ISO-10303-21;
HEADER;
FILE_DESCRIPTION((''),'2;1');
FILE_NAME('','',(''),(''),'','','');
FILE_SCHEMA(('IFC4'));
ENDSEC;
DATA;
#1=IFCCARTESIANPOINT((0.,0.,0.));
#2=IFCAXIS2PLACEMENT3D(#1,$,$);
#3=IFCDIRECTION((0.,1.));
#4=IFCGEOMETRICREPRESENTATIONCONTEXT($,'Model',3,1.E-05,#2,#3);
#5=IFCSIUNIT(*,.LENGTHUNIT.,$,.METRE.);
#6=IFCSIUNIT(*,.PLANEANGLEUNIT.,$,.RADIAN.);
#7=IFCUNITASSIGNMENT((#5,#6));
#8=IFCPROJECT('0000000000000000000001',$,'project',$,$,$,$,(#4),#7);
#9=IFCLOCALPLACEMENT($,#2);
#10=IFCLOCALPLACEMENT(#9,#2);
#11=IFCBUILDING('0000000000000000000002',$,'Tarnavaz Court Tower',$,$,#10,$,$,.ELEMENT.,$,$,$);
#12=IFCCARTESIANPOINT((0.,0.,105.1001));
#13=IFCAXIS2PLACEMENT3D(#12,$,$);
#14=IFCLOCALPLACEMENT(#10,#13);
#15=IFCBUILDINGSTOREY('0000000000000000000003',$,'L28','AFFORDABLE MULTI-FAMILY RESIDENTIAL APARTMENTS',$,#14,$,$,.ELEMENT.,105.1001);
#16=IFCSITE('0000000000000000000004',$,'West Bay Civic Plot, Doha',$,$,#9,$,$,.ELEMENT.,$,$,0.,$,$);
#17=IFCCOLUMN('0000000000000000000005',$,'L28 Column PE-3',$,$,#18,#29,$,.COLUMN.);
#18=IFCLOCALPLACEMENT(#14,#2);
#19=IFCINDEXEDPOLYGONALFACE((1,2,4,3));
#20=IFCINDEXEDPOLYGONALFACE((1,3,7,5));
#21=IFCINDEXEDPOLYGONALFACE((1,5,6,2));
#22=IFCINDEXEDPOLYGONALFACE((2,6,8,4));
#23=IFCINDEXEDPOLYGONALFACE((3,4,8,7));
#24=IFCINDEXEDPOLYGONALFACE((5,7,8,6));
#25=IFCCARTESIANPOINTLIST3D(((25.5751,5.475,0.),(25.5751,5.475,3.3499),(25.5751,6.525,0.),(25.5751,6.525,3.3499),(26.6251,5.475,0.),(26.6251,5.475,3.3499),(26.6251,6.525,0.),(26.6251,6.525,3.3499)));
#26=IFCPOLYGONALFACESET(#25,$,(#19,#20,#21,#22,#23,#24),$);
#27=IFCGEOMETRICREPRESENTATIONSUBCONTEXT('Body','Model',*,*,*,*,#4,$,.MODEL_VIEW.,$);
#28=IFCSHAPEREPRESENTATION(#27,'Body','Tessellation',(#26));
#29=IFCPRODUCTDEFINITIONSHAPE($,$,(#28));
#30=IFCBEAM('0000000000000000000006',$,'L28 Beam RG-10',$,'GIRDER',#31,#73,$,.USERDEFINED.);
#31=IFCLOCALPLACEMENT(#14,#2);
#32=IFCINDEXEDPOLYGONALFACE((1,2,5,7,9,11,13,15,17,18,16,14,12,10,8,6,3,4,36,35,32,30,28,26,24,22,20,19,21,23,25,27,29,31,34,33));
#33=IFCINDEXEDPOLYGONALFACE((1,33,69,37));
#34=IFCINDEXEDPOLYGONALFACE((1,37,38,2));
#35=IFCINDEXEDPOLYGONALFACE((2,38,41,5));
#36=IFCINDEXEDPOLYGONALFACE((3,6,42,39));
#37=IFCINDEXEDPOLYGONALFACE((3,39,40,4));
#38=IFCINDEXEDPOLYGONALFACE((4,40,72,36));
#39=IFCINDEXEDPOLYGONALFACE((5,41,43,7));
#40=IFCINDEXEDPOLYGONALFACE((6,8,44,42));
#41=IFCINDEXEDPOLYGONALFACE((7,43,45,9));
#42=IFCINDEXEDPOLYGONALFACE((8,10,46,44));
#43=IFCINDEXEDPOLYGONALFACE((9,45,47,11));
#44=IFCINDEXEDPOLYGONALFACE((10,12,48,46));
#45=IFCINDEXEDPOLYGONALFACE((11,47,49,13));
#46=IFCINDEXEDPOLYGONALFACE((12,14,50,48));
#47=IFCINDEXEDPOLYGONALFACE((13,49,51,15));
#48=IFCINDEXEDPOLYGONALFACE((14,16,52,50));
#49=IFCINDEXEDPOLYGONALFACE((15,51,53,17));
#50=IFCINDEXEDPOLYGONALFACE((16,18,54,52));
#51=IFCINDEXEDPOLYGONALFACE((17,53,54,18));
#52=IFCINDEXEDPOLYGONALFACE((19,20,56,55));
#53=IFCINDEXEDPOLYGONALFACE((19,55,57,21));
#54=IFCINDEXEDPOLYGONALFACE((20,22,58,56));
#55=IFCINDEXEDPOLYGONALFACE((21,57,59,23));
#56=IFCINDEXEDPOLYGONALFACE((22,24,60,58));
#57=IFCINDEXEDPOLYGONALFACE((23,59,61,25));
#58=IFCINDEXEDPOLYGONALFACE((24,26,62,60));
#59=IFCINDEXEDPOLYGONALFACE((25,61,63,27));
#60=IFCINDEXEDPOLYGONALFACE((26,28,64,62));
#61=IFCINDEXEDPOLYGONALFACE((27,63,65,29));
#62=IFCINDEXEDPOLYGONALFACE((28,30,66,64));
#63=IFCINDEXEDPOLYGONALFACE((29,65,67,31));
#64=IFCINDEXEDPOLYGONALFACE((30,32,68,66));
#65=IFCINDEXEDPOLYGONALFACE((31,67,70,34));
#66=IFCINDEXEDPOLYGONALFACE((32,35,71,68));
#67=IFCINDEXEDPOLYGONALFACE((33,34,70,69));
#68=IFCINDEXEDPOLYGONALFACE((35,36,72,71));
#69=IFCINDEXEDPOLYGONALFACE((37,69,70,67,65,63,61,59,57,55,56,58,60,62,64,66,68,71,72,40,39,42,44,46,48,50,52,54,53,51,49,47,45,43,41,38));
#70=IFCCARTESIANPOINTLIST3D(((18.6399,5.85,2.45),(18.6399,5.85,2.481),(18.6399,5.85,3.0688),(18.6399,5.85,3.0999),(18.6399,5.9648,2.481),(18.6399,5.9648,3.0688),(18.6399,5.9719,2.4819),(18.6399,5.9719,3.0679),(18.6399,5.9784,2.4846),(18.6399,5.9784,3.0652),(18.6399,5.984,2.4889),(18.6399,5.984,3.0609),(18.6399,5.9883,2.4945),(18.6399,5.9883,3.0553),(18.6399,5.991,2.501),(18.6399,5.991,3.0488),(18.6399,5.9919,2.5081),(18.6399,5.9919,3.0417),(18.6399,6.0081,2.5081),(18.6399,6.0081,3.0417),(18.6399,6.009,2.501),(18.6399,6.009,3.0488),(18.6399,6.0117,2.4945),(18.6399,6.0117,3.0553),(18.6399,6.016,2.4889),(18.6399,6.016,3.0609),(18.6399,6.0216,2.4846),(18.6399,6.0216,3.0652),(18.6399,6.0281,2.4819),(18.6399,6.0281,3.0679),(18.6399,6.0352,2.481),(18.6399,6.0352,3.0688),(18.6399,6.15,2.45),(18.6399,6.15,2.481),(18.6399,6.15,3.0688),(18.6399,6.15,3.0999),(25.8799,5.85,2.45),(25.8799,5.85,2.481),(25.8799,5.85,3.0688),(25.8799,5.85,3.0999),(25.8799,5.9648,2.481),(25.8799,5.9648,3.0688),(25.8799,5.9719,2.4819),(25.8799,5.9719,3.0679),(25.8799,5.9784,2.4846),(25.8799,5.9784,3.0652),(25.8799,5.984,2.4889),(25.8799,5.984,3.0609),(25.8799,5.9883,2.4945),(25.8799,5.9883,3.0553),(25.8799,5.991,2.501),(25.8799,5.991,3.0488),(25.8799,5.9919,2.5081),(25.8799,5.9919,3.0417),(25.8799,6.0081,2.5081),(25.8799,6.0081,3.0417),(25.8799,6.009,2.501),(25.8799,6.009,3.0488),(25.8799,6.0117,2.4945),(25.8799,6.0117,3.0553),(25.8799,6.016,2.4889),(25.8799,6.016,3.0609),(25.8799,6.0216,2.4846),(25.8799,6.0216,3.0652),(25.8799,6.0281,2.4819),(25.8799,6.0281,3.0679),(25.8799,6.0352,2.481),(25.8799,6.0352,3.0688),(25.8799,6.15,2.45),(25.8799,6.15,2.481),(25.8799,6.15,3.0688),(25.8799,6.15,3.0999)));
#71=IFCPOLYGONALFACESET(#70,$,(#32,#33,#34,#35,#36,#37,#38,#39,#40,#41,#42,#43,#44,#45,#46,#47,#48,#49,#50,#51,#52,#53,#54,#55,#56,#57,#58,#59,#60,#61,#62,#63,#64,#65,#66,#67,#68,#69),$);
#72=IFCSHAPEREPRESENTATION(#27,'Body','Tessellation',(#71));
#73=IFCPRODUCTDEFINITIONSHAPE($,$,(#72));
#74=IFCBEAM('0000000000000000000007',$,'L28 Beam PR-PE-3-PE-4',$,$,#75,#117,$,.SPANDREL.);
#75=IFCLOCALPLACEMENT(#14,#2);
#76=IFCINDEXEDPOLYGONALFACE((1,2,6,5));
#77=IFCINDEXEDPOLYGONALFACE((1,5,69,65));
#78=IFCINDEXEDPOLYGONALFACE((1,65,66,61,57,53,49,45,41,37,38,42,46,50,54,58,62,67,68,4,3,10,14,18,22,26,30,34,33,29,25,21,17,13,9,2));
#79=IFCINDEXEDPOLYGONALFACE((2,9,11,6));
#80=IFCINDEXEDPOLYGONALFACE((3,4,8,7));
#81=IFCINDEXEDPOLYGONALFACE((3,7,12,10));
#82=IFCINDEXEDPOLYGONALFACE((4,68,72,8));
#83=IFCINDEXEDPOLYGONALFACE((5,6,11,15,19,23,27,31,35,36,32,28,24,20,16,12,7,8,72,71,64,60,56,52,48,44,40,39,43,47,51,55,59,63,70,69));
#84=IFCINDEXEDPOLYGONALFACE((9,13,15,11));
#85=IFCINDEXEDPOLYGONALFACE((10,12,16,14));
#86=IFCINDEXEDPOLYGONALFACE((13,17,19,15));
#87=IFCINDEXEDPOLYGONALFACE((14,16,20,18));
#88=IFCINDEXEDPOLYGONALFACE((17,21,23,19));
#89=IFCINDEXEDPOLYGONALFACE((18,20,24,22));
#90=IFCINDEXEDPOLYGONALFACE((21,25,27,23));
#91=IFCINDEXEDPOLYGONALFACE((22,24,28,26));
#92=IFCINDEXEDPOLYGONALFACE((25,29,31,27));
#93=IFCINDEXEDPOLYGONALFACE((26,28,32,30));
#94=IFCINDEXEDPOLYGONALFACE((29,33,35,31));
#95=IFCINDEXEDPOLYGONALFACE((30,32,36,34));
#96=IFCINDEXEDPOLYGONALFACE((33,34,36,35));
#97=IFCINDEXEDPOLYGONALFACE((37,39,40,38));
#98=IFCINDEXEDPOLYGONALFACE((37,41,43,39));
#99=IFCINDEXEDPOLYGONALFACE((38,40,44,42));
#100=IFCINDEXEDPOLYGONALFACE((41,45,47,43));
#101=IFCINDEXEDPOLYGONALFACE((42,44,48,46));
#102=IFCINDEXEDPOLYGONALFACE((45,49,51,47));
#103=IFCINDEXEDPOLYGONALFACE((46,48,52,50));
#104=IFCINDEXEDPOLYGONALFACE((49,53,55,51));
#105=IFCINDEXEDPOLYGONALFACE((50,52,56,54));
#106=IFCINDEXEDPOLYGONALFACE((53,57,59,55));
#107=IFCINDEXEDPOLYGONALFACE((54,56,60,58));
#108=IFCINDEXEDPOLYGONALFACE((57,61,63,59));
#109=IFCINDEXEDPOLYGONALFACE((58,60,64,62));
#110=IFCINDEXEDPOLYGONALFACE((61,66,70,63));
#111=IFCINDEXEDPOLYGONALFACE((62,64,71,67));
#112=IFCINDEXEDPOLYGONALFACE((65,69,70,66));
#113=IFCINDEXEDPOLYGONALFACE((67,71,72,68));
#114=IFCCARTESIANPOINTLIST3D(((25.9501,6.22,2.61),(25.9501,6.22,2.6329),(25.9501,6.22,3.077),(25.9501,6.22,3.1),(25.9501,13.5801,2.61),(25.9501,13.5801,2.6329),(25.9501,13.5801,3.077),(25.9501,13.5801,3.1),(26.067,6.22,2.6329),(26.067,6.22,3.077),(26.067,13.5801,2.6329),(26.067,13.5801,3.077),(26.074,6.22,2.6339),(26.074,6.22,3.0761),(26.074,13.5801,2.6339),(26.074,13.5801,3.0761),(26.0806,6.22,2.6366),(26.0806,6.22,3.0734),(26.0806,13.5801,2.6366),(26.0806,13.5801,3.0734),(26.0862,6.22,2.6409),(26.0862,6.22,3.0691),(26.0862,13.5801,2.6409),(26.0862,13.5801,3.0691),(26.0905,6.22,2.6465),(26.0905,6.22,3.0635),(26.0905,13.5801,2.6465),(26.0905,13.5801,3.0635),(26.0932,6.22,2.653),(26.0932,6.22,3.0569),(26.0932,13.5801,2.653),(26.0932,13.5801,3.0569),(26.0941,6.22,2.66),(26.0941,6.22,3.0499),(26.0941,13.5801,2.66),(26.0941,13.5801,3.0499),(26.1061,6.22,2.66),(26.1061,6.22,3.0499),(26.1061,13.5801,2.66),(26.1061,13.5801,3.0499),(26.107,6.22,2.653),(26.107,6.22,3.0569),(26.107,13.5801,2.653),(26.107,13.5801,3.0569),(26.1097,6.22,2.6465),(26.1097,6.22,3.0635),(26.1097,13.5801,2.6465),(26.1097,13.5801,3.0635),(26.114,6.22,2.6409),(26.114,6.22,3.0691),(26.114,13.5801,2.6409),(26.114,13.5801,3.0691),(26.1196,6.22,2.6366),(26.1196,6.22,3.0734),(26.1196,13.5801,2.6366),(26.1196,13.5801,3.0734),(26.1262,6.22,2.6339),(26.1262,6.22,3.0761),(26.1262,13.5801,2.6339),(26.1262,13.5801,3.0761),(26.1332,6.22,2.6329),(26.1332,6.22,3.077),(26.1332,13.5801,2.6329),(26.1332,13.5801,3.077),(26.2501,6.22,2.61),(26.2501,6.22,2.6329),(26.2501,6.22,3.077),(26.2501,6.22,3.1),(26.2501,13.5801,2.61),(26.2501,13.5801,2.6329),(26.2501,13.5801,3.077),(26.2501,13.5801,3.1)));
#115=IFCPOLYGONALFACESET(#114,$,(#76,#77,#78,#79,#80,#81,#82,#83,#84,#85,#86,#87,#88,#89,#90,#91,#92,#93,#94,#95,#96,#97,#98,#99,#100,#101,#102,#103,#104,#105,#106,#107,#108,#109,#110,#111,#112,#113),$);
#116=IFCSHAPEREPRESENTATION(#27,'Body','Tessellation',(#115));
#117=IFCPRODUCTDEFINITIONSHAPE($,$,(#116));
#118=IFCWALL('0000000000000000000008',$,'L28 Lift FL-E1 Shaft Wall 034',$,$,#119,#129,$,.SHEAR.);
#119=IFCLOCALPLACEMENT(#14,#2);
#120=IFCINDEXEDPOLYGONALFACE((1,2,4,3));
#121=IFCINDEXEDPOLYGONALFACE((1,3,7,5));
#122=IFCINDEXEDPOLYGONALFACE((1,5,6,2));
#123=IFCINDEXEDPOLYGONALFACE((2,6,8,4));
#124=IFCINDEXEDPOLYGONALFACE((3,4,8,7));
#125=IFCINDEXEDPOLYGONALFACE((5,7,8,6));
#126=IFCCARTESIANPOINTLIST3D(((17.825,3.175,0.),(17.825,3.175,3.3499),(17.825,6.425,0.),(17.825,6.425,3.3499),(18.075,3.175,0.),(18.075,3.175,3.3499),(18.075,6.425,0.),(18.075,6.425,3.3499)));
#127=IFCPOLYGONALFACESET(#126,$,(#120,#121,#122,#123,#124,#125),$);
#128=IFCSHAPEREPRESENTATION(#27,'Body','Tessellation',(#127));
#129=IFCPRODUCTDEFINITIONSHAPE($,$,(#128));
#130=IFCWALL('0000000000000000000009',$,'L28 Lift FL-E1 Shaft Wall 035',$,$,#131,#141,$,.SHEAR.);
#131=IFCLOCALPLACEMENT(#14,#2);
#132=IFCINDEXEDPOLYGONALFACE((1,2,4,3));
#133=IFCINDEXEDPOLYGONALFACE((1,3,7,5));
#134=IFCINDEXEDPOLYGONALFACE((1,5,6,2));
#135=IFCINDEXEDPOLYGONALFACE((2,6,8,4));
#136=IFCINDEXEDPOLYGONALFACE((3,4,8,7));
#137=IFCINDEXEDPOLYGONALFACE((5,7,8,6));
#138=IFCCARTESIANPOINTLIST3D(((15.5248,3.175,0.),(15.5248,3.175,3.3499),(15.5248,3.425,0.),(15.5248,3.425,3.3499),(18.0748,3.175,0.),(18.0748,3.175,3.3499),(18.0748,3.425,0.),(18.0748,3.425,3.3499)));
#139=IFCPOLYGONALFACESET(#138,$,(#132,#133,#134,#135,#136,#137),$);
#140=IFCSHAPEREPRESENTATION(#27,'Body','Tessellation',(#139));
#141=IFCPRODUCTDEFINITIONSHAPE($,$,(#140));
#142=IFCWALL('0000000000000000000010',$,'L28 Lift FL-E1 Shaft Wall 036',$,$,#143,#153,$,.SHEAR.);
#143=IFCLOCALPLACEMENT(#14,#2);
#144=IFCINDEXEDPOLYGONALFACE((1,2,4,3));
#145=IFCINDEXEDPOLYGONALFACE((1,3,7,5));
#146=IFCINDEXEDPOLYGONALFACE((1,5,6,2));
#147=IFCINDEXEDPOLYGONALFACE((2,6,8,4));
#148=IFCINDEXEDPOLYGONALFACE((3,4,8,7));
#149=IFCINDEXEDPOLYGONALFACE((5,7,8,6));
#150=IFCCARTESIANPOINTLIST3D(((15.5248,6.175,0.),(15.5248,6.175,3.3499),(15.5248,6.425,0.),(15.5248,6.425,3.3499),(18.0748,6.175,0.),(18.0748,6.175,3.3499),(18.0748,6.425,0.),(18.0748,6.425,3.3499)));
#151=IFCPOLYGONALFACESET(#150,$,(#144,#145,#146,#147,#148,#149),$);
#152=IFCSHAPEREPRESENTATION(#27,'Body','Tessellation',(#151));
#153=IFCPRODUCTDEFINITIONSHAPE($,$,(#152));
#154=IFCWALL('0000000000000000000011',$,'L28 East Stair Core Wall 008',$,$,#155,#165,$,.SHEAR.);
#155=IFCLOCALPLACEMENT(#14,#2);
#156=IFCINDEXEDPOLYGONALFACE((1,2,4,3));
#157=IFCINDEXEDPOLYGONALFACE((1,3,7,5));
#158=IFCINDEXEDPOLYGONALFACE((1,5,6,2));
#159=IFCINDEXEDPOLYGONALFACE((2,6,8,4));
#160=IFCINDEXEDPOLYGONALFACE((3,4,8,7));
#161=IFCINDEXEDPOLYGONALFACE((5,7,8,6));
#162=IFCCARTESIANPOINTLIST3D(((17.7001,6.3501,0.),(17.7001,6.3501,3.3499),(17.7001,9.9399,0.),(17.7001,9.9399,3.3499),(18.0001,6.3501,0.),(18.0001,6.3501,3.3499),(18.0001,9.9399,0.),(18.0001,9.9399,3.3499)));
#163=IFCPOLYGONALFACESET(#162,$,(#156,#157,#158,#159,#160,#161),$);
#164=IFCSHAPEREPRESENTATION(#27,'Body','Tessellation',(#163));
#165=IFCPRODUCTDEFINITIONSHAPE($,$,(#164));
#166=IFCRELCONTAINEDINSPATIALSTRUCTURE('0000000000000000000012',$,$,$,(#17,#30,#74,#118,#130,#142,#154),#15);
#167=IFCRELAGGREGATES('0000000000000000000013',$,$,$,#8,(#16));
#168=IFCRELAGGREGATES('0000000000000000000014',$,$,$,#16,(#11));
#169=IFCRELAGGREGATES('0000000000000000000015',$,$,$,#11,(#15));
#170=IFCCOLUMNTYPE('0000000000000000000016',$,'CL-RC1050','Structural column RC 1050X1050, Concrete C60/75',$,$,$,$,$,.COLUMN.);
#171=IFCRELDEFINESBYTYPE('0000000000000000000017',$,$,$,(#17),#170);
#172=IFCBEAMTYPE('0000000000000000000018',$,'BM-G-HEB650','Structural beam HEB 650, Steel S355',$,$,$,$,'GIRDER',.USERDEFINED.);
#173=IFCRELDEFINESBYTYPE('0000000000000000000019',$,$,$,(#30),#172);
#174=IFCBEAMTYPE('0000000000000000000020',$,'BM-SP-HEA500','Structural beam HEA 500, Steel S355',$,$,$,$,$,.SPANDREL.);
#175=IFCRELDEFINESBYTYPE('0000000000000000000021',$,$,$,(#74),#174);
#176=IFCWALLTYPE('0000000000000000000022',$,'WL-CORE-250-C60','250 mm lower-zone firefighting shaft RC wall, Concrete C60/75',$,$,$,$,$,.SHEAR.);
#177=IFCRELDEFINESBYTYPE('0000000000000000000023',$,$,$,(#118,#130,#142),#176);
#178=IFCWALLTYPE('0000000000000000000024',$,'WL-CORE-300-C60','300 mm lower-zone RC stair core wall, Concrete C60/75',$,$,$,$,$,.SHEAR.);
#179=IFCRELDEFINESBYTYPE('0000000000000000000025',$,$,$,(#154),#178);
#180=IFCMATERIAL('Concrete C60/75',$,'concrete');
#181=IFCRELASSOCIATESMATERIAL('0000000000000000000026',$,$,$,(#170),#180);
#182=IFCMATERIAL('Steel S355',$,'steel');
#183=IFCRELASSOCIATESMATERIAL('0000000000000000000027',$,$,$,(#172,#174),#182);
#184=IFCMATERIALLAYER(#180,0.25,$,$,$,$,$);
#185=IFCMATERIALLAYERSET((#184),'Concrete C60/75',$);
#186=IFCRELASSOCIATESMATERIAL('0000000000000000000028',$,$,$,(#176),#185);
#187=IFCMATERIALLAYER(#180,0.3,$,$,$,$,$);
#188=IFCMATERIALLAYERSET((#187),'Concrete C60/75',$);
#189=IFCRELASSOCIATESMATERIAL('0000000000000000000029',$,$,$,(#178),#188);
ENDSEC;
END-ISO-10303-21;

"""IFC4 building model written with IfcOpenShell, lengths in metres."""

from ifc_helpers import new_model, si_unit, direction, frame, frame_2d, origin, origin_2d, place, context, subcontext, project, spatial, rectangle, i_section, extrude, material, layer, layer_set, material_profile, profile_set, type_object, element, save


model = new_model("IFC4")

# Units and contexts
model_context = context("Model", 3, precision=1e-05, world=origin(), true_north=direction((0.0, 1.0)))
body_context = subcontext(model_context, "Body", "Model", "MODEL_VIEW")
ifc_project = project(units=[si_unit("LENGTHUNIT", "METRE"), si_unit("PLANEANGLEUNIT", "RADIAN")], contexts=[model_context])

# Site, building, storey
site_placement = place(None, origin())
site = spatial("IfcSite", under=ifc_project, at=site_placement, Name="West Bay Civic Plot, Doha", CompositionType="ELEMENT", RefElevation=0.0)
building_placement = place(site_placement, origin())
building = spatial("IfcBuilding", under=site, at=building_placement, Name="Tarnavaz Court Tower", CompositionType="ELEMENT")
storey_placement = place(building_placement, frame((0.0, 0.0, 105.1001)))
storey = spatial("IfcBuildingStorey", under=building, at=storey_placement, Name="L28", Description="AFFORDABLE MULTI-FAMILY RESIDENTIAL APARTMENTS", CompositionType="ELEMENT", Elevation=105.1001)

# Column
ifc_material_1 = material(Name="Concrete C60/75", Category="concrete")
ifc_material_profile_1 = material_profile(ifc_material_1, rectangle(XDim=1.05, YDim=1.05, at=origin_2d()), Name="RC 1050X1050")
ifc_profile_set_1 = profile_set([ifc_material_profile_1], Name="Concrete C60/75")
column_type = type_object("IfcColumnType", Name="CL-RC1050", Description="Structural column RC 1050X1050, Concrete C60/75", PredefinedType="COLUMN", material=ifc_profile_set_1)
column_placement = place(storey_placement, frame((26.1001, 6.0, 0.0), z_axis=(0.0, 0.0, 1.0), x_axis=(1.0, 0.0, 0.0)))
element("IfcColumn", 1, at=column_placement, inside=storey, type_object=column_type, Name="L28 Column PE-3", PredefinedType="COLUMN", context=body_context, shape_type="SweptSolid", body=[
    extrude(rectangle(XDim=1.05, YDim=1.05, at=origin_2d()), origin(), (0.0, 0.0, 1.0), 3.3499),
])

# Beams
ifc_material_2 = material(Name="Steel S355", Category="steel")
ifc_material_profile_2 = material_profile(ifc_material_2, i_section(OverallWidth=0.3, OverallDepth=0.6499, WebThickness=0.0161, FlangeThickness=0.031, FilletRadius=0.0271, at=origin_2d()), Name="HEB 650")
ifc_profile_set_2 = profile_set([ifc_material_profile_2], Name="Steel S355")
beam_type_1 = type_object("IfcBeamType", Name="BM-G-HEB650", Description="Structural beam HEB 650, Steel S355", ElementType="GIRDER", PredefinedType="USERDEFINED", material=ifc_profile_set_2)
beam_1_placement = place(storey_placement, frame((18.6399, 6.0, 2.7749), z_axis=(1.0, 0.0, 0.0), x_axis=(0.0, 1.0, 0.0)))
element("IfcBeam", 2, at=beam_1_placement, inside=storey, type_object=beam_type_1, Name="L28 Beam RG-10", ObjectType="GIRDER", PredefinedType="USERDEFINED", context=body_context, shape_type="SweptSolid", body=[
    extrude(i_section(OverallWidth=0.3, OverallDepth=0.6499, WebThickness=0.0161, FlangeThickness=0.031, FilletRadius=0.0271, at=origin_2d()), origin(), (0.0, 0.0, 1.0), 7.24),
])
ifc_material_profile_3 = material_profile(ifc_material_2, i_section(OverallWidth=0.3, OverallDepth=0.49, WebThickness=0.012, FlangeThickness=0.0229, FilletRadius=0.0271, at=origin_2d()), Name="HEA 500")
ifc_profile_set_3 = profile_set([ifc_material_profile_3], Name="Steel S355")
beam_type_2 = type_object("IfcBeamType", Name="BM-SP-HEA500", Description="Structural beam HEA 500, Steel S355", PredefinedType="SPANDREL", material=ifc_profile_set_3)
beam_2_placement = place(storey_placement, frame((26.1001, 6.22, 2.855), z_axis=(0.0, 1.0, 0.0), x_axis=(-1.0, 0.0, 0.0)))
element("IfcBeam", 3, at=beam_2_placement, inside=storey, type_object=beam_type_2, Name="L28 Beam PR-PE-3-PE-4", PredefinedType="SPANDREL", context=body_context, shape_type="SweptSolid", body=[
    extrude(i_section(OverallWidth=0.3, OverallDepth=0.49, WebThickness=0.012, FlangeThickness=0.0229, FilletRadius=0.0271, at=origin_2d()), origin(), (0.0, 0.0, 1.0), 7.3601),
])

# Shared definitions
ifc_layer_1 = layer(ifc_material_1, 0.25)
ifc_layer_set_1 = layer_set([ifc_layer_1], Name="Concrete C60/75")
wall_type_1 = type_object("IfcWallType", Name="WL-CORE-250-C60", Description="250 mm lower-zone firefighting shaft RC wall, Concrete C60/75", PredefinedType="SHEAR", material=ifc_layer_set_1)

# Walls
wall_1_placement = place(storey_placement, frame((17.95, 3.175, 0.0), z_axis=(0.0, 0.0, 1.0), x_axis=(0.0, 1.0, 0.0)))
element("IfcWall", 4, at=wall_1_placement, inside=storey, type_object=wall_type_1, Name="L28 Lift FL-E1 Shaft Wall 034", PredefinedType="SHEAR", context=body_context, shape_type="SweptSolid", body=[
    extrude(rectangle(XDim=3.25, YDim=0.25, at=frame_2d((1.625, 0.0))), origin(), (0.0, 0.0, 1.0), 3.3499),
])
for number, where, z_axis, x_axis, name in (
    (5, (15.5249, 3.3, 0.0), (0.0, 0.0, 1.0), (1.0, 0.0, 0.0), "L28 Lift FL-E1 Shaft Wall 035"),
    (6, (15.5249, 6.3, 0.0), (0.0, 0.0, 1.0), (1.0, 0.0, 0.0), "L28 Lift FL-E1 Shaft Wall 036"),
):
    element("IfcWall", number, at=place(storey_placement, frame(where, z_axis=z_axis, x_axis=x_axis)), inside=storey, type_object=wall_type_1, Name=name, PredefinedType="SHEAR", context=body_context, shape_type="SweptSolid", body=[
        extrude(rectangle(XDim=2.55, YDim=0.25, at=frame_2d((1.2749, 0.0))), origin(), (0.0, 0.0, 1.0), 3.3499),
    ])
ifc_layer_2 = layer(ifc_material_1, 0.3)
ifc_layer_set_2 = layer_set([ifc_layer_2], Name="Concrete C60/75")
wall_type_2 = type_object("IfcWallType", Name="WL-CORE-300-C60", Description="300 mm lower-zone RC stair core wall, Concrete C60/75", PredefinedType="SHEAR", material=ifc_layer_set_2)
wall_2_placement = place(storey_placement, frame((17.8501, 6.3501, 0.0), z_axis=(0.0, 0.0, 1.0), x_axis=(0.0, 1.0, 0.0)))
element("IfcWall", 7, at=wall_2_placement, inside=storey, type_object=wall_type_2, Name="L28 East Stair Core Wall 008", PredefinedType="SHEAR", context=body_context, shape_type="SweptSolid", body=[
    extrude(rectangle(XDim=3.5898, YDim=0.3, at=frame_2d((1.7949, 0.0))), origin(), (0.0, 0.0, 1.0), 3.3499),
])

save(model, "model.ifc")
